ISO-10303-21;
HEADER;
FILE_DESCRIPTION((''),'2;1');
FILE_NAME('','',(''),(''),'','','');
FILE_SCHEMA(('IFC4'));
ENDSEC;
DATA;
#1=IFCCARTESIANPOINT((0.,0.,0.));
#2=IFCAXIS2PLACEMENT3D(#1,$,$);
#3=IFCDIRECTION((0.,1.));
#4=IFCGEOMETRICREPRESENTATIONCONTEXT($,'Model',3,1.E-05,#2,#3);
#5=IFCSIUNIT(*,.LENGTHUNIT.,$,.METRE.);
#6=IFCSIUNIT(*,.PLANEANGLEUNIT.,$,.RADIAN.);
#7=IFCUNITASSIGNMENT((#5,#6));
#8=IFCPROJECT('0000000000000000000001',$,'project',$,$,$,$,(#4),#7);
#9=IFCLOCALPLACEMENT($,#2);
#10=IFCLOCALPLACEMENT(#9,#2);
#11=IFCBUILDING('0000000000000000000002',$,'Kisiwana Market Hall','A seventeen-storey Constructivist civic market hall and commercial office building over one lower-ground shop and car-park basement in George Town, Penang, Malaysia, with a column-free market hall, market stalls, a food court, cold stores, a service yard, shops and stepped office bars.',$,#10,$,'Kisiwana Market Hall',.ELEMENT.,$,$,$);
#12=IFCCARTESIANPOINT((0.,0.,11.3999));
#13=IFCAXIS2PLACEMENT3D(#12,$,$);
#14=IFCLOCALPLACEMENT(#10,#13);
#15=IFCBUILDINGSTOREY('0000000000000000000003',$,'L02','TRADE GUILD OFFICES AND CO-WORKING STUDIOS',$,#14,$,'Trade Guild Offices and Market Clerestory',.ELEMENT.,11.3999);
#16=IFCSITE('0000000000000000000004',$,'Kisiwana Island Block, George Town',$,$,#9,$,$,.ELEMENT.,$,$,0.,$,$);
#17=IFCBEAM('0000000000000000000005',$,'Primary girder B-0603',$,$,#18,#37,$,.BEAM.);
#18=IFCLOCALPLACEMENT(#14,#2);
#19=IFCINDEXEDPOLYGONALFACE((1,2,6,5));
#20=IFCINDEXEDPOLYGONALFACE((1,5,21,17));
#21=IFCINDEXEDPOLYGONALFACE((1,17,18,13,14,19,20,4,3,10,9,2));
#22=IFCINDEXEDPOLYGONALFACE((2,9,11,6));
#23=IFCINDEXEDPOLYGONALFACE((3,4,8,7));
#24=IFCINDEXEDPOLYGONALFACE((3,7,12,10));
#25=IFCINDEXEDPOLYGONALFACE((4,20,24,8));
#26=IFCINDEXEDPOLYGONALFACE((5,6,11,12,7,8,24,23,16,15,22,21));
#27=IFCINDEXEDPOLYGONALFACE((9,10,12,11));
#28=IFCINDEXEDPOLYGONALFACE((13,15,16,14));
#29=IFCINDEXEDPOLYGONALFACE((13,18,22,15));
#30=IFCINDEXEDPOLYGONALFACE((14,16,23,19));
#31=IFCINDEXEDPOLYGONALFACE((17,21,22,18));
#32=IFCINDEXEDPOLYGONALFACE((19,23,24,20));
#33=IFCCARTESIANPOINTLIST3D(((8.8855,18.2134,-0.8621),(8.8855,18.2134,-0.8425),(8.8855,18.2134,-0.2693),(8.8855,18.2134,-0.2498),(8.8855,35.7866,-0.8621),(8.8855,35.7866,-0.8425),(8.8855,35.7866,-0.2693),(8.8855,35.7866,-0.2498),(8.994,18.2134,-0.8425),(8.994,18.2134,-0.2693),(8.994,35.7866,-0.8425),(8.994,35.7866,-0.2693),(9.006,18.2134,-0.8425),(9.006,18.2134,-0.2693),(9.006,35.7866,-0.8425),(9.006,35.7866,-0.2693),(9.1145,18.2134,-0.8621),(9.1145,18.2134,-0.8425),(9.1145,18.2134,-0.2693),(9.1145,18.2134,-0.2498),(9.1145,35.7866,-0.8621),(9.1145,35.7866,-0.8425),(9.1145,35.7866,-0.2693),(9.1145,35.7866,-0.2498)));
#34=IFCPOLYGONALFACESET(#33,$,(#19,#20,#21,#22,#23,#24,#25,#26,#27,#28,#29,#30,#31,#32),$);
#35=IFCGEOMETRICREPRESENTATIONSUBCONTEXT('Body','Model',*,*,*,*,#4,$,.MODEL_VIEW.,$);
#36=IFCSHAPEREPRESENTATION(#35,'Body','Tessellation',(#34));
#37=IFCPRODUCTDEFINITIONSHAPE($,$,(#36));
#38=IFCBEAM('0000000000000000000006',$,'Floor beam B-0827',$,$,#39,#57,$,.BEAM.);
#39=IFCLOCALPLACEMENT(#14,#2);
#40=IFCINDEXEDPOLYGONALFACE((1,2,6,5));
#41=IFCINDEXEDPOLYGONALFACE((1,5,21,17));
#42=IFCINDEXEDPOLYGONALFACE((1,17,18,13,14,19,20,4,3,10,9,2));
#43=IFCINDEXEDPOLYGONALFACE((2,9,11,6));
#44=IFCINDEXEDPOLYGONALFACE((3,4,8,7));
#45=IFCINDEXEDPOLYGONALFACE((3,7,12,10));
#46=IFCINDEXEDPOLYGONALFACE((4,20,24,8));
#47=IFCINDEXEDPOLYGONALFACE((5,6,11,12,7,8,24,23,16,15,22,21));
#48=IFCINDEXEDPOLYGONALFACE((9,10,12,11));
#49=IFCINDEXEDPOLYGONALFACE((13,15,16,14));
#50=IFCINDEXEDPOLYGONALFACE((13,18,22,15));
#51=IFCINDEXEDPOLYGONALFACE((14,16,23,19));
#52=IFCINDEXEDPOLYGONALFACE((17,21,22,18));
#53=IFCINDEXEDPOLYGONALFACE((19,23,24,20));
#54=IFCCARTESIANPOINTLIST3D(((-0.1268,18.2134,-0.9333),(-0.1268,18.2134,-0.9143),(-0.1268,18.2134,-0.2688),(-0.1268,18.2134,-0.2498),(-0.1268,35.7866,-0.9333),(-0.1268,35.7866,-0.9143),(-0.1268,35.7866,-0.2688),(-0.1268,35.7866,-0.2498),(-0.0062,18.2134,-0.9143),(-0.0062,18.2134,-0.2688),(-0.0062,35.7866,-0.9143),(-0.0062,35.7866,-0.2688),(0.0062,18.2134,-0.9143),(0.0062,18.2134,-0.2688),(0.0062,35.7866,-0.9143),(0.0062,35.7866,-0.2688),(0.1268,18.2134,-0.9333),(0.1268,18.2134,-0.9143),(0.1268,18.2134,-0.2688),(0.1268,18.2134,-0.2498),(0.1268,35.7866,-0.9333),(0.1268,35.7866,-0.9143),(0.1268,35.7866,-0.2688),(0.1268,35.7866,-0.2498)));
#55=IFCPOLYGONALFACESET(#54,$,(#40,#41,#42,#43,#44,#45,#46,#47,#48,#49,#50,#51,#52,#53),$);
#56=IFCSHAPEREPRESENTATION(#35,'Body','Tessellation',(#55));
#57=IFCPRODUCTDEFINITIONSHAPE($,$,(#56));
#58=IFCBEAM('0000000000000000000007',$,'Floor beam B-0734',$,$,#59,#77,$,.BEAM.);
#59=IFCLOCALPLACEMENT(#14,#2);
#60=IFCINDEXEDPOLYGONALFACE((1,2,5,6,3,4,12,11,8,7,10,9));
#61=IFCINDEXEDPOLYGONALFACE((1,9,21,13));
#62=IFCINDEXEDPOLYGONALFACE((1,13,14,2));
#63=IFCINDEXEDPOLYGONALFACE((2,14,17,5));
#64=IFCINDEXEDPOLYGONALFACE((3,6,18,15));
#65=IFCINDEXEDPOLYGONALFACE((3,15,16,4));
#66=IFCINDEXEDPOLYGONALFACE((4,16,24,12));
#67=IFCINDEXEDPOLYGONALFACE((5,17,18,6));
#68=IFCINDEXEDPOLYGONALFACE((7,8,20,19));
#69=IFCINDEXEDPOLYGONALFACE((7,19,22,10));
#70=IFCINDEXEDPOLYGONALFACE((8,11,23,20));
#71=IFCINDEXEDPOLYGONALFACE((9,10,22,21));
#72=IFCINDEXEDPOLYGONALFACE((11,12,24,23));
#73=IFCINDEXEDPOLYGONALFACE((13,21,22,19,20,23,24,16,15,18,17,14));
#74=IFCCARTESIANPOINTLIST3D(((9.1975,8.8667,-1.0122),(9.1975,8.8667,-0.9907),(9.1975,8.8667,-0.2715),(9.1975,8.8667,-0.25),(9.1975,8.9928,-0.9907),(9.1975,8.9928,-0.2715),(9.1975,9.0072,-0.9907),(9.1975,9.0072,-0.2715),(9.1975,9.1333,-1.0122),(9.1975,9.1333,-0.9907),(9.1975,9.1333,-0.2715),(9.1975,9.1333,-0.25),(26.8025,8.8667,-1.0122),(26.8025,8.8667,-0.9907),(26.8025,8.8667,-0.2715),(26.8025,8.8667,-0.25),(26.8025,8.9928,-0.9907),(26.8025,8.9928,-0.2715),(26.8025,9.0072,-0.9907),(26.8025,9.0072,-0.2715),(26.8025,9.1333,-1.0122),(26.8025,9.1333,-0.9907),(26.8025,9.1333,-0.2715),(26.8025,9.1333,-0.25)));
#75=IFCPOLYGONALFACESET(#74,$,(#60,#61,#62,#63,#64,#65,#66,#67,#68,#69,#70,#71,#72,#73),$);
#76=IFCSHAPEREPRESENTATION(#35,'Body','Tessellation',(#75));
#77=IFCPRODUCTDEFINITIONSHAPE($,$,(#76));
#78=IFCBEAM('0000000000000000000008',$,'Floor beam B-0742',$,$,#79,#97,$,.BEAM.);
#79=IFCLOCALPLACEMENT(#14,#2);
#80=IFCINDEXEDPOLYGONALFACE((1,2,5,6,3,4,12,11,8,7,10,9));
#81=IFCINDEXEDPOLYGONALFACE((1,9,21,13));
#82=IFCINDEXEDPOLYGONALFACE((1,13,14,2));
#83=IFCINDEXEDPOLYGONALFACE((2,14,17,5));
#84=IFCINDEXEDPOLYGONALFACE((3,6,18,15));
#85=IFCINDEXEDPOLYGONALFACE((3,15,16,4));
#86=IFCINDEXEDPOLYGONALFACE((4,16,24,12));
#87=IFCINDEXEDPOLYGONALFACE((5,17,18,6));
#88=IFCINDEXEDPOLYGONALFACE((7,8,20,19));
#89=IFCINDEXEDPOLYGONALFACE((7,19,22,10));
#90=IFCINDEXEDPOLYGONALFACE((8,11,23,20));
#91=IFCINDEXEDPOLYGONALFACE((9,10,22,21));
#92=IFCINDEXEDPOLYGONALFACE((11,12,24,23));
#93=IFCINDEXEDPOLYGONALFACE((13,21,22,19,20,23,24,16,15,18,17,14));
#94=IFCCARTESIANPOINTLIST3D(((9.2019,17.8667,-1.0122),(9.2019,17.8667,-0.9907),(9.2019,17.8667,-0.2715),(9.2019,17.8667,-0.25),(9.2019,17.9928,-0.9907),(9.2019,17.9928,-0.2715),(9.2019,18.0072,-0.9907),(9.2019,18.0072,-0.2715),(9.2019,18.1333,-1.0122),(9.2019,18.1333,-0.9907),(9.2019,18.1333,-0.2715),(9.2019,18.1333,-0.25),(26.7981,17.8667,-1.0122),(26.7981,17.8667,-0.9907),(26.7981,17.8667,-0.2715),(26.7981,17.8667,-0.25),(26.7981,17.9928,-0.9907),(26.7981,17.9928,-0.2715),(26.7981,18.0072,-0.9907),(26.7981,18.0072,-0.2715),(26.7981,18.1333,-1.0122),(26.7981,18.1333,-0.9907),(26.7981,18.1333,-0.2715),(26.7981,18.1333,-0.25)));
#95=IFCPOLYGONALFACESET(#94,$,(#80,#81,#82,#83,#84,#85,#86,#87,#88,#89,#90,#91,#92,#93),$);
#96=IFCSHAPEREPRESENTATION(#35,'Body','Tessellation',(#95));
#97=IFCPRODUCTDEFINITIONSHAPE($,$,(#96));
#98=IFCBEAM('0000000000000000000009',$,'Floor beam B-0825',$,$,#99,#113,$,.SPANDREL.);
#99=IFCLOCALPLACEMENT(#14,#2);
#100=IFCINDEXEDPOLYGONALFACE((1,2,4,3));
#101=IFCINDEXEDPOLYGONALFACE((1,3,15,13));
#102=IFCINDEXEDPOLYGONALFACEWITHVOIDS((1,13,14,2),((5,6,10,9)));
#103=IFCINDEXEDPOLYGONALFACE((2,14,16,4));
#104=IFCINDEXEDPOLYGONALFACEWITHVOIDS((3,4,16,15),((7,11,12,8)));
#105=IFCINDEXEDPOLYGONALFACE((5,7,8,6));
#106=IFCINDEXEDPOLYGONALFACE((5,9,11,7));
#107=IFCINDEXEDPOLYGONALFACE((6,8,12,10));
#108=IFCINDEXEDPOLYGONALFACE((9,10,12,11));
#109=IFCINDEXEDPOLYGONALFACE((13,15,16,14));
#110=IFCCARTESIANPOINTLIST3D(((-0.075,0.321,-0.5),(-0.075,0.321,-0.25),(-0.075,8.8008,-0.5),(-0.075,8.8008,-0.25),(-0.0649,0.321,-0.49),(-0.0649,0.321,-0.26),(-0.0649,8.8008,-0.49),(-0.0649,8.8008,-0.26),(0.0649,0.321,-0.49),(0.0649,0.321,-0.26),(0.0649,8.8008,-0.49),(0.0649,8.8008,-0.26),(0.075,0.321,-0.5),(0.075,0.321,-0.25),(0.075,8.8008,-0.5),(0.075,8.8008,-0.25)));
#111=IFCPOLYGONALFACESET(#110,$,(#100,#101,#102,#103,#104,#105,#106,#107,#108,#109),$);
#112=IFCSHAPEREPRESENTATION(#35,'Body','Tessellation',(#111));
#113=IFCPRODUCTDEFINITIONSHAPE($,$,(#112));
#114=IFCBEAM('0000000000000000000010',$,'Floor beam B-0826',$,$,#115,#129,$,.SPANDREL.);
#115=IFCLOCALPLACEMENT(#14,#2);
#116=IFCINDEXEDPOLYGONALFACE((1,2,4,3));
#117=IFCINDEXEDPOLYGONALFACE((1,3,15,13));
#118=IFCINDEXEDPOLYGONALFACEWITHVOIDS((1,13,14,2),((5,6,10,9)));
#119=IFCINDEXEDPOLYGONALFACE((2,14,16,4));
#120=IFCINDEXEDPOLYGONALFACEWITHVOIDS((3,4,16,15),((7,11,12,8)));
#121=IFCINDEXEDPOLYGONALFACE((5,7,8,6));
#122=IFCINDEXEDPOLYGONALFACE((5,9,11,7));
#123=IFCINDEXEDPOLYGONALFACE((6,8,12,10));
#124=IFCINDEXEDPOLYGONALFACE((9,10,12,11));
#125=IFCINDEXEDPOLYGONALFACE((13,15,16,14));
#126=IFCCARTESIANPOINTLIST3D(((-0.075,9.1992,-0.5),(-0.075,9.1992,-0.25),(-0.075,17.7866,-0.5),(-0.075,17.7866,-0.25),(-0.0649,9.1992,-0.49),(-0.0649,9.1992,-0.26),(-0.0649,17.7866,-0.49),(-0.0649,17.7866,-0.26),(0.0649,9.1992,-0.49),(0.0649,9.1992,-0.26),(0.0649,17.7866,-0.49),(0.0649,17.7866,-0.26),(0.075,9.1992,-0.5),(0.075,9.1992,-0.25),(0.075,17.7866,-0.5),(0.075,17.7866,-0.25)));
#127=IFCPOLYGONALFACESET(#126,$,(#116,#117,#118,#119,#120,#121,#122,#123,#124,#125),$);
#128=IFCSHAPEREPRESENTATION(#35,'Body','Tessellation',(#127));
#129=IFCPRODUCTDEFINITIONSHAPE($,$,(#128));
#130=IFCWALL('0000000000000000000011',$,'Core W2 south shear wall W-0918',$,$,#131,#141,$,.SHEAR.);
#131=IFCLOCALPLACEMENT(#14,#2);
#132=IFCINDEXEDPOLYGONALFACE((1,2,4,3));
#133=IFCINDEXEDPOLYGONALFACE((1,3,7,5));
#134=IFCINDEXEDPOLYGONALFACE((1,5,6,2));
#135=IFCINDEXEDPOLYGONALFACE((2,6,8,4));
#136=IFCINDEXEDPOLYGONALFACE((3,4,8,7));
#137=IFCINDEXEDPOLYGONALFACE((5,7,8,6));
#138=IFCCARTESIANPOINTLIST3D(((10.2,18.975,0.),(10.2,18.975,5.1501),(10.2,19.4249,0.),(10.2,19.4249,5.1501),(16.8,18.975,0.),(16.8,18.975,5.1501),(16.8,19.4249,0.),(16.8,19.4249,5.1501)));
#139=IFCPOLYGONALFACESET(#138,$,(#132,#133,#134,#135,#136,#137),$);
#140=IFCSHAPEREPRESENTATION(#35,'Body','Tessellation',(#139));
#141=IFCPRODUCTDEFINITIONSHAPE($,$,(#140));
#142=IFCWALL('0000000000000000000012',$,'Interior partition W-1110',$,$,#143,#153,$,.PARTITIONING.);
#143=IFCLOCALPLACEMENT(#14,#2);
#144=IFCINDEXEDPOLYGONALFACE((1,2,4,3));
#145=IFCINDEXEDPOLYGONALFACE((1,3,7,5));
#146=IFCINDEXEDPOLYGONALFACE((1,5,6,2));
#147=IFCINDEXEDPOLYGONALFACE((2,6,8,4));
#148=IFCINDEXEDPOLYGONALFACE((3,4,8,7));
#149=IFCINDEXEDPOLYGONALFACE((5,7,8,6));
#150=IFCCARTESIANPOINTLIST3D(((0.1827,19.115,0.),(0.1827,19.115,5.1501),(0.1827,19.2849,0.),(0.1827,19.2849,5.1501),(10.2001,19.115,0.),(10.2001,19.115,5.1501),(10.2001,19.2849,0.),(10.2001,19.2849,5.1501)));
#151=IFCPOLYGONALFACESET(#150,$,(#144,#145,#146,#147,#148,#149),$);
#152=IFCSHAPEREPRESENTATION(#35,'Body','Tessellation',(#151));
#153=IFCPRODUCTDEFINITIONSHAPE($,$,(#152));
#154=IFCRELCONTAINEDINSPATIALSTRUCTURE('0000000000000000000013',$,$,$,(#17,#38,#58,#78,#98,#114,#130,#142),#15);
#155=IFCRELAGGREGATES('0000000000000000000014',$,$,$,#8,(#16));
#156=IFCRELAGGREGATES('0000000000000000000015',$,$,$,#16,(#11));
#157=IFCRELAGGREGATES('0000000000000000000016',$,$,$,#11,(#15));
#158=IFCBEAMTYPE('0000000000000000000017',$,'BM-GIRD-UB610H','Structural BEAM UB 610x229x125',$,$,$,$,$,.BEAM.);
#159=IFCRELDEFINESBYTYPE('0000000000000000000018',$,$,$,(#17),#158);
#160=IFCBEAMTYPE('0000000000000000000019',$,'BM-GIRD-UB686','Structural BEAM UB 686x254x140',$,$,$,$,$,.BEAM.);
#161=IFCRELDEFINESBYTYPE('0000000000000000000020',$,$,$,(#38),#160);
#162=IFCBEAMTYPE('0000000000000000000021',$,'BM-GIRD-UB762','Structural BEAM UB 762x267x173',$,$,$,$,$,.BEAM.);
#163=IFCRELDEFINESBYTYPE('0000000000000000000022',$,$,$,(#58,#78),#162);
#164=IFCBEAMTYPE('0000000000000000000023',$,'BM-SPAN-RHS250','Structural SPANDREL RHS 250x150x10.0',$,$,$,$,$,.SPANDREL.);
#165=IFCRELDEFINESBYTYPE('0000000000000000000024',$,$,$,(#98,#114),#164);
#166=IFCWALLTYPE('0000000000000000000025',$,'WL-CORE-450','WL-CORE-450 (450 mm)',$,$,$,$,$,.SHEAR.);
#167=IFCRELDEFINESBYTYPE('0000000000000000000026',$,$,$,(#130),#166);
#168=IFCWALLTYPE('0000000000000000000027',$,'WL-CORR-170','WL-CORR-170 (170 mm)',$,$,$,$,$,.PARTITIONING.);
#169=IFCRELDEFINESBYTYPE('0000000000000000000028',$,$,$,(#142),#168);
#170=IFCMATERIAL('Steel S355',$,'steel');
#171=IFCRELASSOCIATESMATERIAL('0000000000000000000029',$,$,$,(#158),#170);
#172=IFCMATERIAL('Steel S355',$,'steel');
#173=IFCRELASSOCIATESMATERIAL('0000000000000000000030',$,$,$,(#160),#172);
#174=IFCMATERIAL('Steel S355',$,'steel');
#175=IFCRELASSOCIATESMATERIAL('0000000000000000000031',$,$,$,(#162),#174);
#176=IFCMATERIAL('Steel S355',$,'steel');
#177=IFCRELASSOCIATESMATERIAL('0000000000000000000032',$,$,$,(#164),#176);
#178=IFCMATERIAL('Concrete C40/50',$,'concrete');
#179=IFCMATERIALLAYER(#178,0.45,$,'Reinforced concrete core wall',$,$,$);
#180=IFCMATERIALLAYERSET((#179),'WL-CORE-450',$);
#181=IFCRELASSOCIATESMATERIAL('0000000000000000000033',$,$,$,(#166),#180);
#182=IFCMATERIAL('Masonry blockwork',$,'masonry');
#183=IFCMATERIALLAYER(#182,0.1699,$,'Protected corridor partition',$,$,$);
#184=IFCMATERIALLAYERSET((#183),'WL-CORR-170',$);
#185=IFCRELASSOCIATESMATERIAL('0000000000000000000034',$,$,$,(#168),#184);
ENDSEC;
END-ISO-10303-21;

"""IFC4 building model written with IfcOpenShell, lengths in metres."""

from ifc_helpers import new_model, si_unit, direction, frame, frame_2d, origin, origin_2d, place, context, subcontext, project, spatial, rectangle, hollow_rectangle, i_section, extrude, material, layer, layer_set, material_profile, profile_set, type_object, element, save


model = new_model("IFC4")

# Units and contexts
model_context = context("Model", 3, precision=1e-05, world=origin(), true_north=direction((0.0, 1.0)))
body_context = subcontext(model_context, "Body", "Model", "MODEL_VIEW")
ifc_project = project(units=[si_unit("LENGTHUNIT", "METRE"), si_unit("PLANEANGLEUNIT", "RADIAN")], contexts=[model_context])

# Site, building, storey
site_placement = place(None, origin())
site = spatial("IfcSite", under=ifc_project, at=site_placement, Name="Kisiwana Island Block, George Town", CompositionType="ELEMENT", RefElevation=0.0)
building_placement = place(site_placement, origin())
building = spatial("IfcBuilding", under=site, at=building_placement, Name="Kisiwana Market Hall", Description="A seventeen-storey Constructivist civic market hall and commercial office building over one lower-ground shop and car-park basement in George Town, Penang, Malaysia, with a column-free market hall, market stalls, a food court, cold stores, a service yard, shops and stepped office bars.", LongName="Kisiwana Market Hall", CompositionType="ELEMENT")
storey_placement = place(building_placement, frame((0.0, 0.0, 11.3999)))
storey = spatial("IfcBuildingStorey", under=building, at=storey_placement, Name="L02", Description="TRADE GUILD OFFICES AND CO-WORKING STUDIOS", LongName="Trade Guild Offices and Market Clerestory", CompositionType="ELEMENT", Elevation=11.3999)

# Beams
ifc_material_1 = material(Name="Steel S355", Category="steel")
ifc_material_profile_1 = material_profile(ifc_material_1, i_section(OverallWidth=0.229, OverallDepth=0.6123, WebThickness=0.012, FlangeThickness=0.0195, at=origin_2d()), Name="UB 610x229x125")
ifc_profile_set_1 = profile_set([ifc_material_profile_1], Name="Steel S355")
beam_type_1 = type_object("IfcBeamType", Name="BM-GIRD-UB610H", Description="Structural BEAM UB 610x229x125", PredefinedType="BEAM", material=ifc_profile_set_1)
beam_1_placement = place(storey_placement, frame((9.0, 18.2134, -0.5559), z_axis=(0.0, 1.0, 0.0), x_axis=(-1.0, 0.0, 0.0)))
element("IfcBeam", 1, at=beam_1_placement, inside=storey, type_object=beam_type_1, Name="Primary girder B-0603", PredefinedType="BEAM", context=body_context, shape_type="SweptSolid", body=[
    extrude(i_section(OverallWidth=0.229, OverallDepth=0.6123, WebThickness=0.012, FlangeThickness=0.0195, at=origin_2d()), origin(), (0.0, 0.0, 1.0), 17.5732),
])
ifc_material_2 = material(Name="Steel S355", Category="steel")
ifc_material_profile_2 = material_profile(ifc_material_2, i_section(OverallWidth=0.2537, OverallDepth=0.6836, WebThickness=0.0125, FlangeThickness=0.019, at=origin_2d()), Name="UB 686x254x140")
ifc_profile_set_2 = profile_set([ifc_material_profile_2], Name="Steel S355")
beam_type_2 = type_object("IfcBeamType", Name="BM-GIRD-UB686", Description="Structural BEAM UB 686x254x140", PredefinedType="BEAM", material=ifc_profile_set_2)
beam_2_placement = place(storey_placement, frame((0.0, 18.2134, -0.5916), z_axis=(0.0, 1.0, 0.0), x_axis=(-1.0, 0.0, 0.0)))
element("IfcBeam", 2, at=beam_2_placement, inside=storey, type_object=beam_type_2, Name="Floor beam B-0827", PredefinedType="BEAM", context=body_context, shape_type="SweptSolid", body=[
    extrude(i_section(OverallWidth=0.2537, OverallDepth=0.6836, WebThickness=0.0125, FlangeThickness=0.019, at=origin_2d()), origin(), (0.0, 0.0, 1.0), 17.5732),
])
ifc_material_3 = material(Name="Steel S355", Category="steel")
ifc_material_profile_3 = material_profile(ifc_material_3, i_section(OverallWidth=0.2666, OverallDepth=0.7622, WebThickness=0.0144, FlangeThickness=0.0215, at=origin_2d()), Name="UB 762x267x173")
ifc_profile_set_3 = profile_set([ifc_material_profile_3], Name="Steel S355")
beam_type_3 = type_object("IfcBeamType", Name="BM-GIRD-UB762", Description="Structural BEAM UB 762x267x173", PredefinedType="BEAM", material=ifc_profile_set_3)
beam_3_placement = place(storey_placement, frame((9.1975, 9.0, -0.6311), z_axis=(1.0, 0.0, 0.0), x_axis=(0.0, 1.0, 0.0)))
element("IfcBeam", 3, at=beam_3_placement, inside=storey, type_object=beam_type_3, Name="Floor beam B-0734", PredefinedType="BEAM", context=body_context, shape_type="SweptSolid", body=[
    extrude(i_section(OverallWidth=0.2666, OverallDepth=0.7622, WebThickness=0.0144, FlangeThickness=0.0215, at=origin_2d()), origin(), (0.0, 0.0, 1.0), 17.605),
])
beam_4_placement = place(storey_placement, frame((9.2019, 18.0, -0.6311), z_axis=(1.0, 0.0, 0.0), x_axis=(0.0, 1.0, 0.0)))
element("IfcBeam", 4, at=beam_4_placement, inside=storey, type_object=beam_type_3, Name="Floor beam B-0742", PredefinedType="BEAM", context=body_context, shape_type="SweptSolid", body=[
    extrude(i_section(OverallWidth=0.2666, OverallDepth=0.7622, WebThickness=0.0144, FlangeThickness=0.0215, at=origin_2d()), origin(), (0.0, 0.0, 1.0), 17.5962),
])
ifc_material_4 = material(Name="Steel S355", Category="steel")
ifc_material_profile_4 = material_profile(ifc_material_4, hollow_rectangle(XDim=0.1499, YDim=0.25, WallThickness=0.01, at=origin_2d()), Name="RHS 250x150x10.0")
ifc_profile_set_4 = profile_set([ifc_material_profile_4], Name="Steel S355")
beam_type_4 = type_object("IfcBeamType", Name="BM-SPAN-RHS250", Description="Structural SPANDREL RHS 250x150x10.0", PredefinedType="SPANDREL", material=ifc_profile_set_4)
beam_5_placement = place(storey_placement, frame((0.0, 0.321, -0.375), z_axis=(0.0, 1.0, 0.0), x_axis=(-1.0, 0.0, 0.0)))
element("IfcBeam", 5, at=beam_5_placement, inside=storey, type_object=beam_type_4, Name="Floor beam B-0825", PredefinedType="SPANDREL", context=body_context, shape_type="SweptSolid", body=[
    extrude(hollow_rectangle(XDim=0.1499, YDim=0.25, WallThickness=0.01, at=origin_2d()), origin(), (0.0, 0.0, 1.0), 8.4797),
])
beam_6_placement = place(storey_placement, frame((0.0, 9.1992, -0.375), z_axis=(0.0, 1.0, 0.0), x_axis=(-1.0, 0.0, 0.0)))
element("IfcBeam", 6, at=beam_6_placement, inside=storey, type_object=beam_type_4, Name="Floor beam B-0826", PredefinedType="SPANDREL", context=body_context, shape_type="SweptSolid", body=[
    extrude(hollow_rectangle(XDim=0.1499, YDim=0.25, WallThickness=0.01, at=origin_2d()), origin(), (0.0, 0.0, 1.0), 8.5874),
])

# Walls
ifc_material_5 = material(Name="Concrete C40/50", Category="concrete")
ifc_layer_1 = layer(ifc_material_5, 0.45, Name="Reinforced concrete core wall")
ifc_layer_set_1 = layer_set([ifc_layer_1], Name="WL-CORE-450")
wall_type_1 = type_object("IfcWallType", Name="WL-CORE-450", Description="WL-CORE-450 (450 mm)", PredefinedType="SHEAR", material=ifc_layer_set_1)
wall_1_placement = place(storey_placement, frame((10.2, 19.2, 0.0), z_axis=(0.0, 0.0, 1.0), x_axis=(1.0, 0.0, 0.0)))
element("IfcWall", 7, at=wall_1_placement, inside=storey, type_object=wall_type_1, Name="Core W2 south shear wall W-0918", PredefinedType="SHEAR", context=body_context, shape_type="SweptSolid", body=[
    extrude(rectangle(XDim=6.6001, YDim=0.45, at=frame_2d((3.3, 0.0))), origin(), (0.0, 0.0, 1.0), 5.1501),
])
ifc_material_6 = material(Name="Masonry blockwork", Category="masonry")
ifc_layer_2 = layer(ifc_material_6, 0.1699, Name="Protected corridor partition")
ifc_layer_set_2 = layer_set([ifc_layer_2], Name="WL-CORR-170")
wall_type_2 = type_object("IfcWallType", Name="WL-CORR-170", Description="WL-CORR-170 (170 mm)", PredefinedType="PARTITIONING", material=ifc_layer_set_2)
wall_2_placement = place(storey_placement, frame((0.1826, 19.2, 0.0), z_axis=(0.0, 0.0, 1.0), x_axis=(1.0, 0.0, 0.0)))
element("IfcWall", 8, at=wall_2_placement, inside=storey, type_object=wall_type_2, Name="Interior partition W-1110", PredefinedType="PARTITIONING", context=body_context, shape_type="SweptSolid", body=[
    extrude(rectangle(XDim=10.0173, YDim=0.1699, at=frame_2d((5.0088, 0.0))), origin(), (0.0, 0.0, 1.0), 5.1501),
])

save(model, "model.ifc")
